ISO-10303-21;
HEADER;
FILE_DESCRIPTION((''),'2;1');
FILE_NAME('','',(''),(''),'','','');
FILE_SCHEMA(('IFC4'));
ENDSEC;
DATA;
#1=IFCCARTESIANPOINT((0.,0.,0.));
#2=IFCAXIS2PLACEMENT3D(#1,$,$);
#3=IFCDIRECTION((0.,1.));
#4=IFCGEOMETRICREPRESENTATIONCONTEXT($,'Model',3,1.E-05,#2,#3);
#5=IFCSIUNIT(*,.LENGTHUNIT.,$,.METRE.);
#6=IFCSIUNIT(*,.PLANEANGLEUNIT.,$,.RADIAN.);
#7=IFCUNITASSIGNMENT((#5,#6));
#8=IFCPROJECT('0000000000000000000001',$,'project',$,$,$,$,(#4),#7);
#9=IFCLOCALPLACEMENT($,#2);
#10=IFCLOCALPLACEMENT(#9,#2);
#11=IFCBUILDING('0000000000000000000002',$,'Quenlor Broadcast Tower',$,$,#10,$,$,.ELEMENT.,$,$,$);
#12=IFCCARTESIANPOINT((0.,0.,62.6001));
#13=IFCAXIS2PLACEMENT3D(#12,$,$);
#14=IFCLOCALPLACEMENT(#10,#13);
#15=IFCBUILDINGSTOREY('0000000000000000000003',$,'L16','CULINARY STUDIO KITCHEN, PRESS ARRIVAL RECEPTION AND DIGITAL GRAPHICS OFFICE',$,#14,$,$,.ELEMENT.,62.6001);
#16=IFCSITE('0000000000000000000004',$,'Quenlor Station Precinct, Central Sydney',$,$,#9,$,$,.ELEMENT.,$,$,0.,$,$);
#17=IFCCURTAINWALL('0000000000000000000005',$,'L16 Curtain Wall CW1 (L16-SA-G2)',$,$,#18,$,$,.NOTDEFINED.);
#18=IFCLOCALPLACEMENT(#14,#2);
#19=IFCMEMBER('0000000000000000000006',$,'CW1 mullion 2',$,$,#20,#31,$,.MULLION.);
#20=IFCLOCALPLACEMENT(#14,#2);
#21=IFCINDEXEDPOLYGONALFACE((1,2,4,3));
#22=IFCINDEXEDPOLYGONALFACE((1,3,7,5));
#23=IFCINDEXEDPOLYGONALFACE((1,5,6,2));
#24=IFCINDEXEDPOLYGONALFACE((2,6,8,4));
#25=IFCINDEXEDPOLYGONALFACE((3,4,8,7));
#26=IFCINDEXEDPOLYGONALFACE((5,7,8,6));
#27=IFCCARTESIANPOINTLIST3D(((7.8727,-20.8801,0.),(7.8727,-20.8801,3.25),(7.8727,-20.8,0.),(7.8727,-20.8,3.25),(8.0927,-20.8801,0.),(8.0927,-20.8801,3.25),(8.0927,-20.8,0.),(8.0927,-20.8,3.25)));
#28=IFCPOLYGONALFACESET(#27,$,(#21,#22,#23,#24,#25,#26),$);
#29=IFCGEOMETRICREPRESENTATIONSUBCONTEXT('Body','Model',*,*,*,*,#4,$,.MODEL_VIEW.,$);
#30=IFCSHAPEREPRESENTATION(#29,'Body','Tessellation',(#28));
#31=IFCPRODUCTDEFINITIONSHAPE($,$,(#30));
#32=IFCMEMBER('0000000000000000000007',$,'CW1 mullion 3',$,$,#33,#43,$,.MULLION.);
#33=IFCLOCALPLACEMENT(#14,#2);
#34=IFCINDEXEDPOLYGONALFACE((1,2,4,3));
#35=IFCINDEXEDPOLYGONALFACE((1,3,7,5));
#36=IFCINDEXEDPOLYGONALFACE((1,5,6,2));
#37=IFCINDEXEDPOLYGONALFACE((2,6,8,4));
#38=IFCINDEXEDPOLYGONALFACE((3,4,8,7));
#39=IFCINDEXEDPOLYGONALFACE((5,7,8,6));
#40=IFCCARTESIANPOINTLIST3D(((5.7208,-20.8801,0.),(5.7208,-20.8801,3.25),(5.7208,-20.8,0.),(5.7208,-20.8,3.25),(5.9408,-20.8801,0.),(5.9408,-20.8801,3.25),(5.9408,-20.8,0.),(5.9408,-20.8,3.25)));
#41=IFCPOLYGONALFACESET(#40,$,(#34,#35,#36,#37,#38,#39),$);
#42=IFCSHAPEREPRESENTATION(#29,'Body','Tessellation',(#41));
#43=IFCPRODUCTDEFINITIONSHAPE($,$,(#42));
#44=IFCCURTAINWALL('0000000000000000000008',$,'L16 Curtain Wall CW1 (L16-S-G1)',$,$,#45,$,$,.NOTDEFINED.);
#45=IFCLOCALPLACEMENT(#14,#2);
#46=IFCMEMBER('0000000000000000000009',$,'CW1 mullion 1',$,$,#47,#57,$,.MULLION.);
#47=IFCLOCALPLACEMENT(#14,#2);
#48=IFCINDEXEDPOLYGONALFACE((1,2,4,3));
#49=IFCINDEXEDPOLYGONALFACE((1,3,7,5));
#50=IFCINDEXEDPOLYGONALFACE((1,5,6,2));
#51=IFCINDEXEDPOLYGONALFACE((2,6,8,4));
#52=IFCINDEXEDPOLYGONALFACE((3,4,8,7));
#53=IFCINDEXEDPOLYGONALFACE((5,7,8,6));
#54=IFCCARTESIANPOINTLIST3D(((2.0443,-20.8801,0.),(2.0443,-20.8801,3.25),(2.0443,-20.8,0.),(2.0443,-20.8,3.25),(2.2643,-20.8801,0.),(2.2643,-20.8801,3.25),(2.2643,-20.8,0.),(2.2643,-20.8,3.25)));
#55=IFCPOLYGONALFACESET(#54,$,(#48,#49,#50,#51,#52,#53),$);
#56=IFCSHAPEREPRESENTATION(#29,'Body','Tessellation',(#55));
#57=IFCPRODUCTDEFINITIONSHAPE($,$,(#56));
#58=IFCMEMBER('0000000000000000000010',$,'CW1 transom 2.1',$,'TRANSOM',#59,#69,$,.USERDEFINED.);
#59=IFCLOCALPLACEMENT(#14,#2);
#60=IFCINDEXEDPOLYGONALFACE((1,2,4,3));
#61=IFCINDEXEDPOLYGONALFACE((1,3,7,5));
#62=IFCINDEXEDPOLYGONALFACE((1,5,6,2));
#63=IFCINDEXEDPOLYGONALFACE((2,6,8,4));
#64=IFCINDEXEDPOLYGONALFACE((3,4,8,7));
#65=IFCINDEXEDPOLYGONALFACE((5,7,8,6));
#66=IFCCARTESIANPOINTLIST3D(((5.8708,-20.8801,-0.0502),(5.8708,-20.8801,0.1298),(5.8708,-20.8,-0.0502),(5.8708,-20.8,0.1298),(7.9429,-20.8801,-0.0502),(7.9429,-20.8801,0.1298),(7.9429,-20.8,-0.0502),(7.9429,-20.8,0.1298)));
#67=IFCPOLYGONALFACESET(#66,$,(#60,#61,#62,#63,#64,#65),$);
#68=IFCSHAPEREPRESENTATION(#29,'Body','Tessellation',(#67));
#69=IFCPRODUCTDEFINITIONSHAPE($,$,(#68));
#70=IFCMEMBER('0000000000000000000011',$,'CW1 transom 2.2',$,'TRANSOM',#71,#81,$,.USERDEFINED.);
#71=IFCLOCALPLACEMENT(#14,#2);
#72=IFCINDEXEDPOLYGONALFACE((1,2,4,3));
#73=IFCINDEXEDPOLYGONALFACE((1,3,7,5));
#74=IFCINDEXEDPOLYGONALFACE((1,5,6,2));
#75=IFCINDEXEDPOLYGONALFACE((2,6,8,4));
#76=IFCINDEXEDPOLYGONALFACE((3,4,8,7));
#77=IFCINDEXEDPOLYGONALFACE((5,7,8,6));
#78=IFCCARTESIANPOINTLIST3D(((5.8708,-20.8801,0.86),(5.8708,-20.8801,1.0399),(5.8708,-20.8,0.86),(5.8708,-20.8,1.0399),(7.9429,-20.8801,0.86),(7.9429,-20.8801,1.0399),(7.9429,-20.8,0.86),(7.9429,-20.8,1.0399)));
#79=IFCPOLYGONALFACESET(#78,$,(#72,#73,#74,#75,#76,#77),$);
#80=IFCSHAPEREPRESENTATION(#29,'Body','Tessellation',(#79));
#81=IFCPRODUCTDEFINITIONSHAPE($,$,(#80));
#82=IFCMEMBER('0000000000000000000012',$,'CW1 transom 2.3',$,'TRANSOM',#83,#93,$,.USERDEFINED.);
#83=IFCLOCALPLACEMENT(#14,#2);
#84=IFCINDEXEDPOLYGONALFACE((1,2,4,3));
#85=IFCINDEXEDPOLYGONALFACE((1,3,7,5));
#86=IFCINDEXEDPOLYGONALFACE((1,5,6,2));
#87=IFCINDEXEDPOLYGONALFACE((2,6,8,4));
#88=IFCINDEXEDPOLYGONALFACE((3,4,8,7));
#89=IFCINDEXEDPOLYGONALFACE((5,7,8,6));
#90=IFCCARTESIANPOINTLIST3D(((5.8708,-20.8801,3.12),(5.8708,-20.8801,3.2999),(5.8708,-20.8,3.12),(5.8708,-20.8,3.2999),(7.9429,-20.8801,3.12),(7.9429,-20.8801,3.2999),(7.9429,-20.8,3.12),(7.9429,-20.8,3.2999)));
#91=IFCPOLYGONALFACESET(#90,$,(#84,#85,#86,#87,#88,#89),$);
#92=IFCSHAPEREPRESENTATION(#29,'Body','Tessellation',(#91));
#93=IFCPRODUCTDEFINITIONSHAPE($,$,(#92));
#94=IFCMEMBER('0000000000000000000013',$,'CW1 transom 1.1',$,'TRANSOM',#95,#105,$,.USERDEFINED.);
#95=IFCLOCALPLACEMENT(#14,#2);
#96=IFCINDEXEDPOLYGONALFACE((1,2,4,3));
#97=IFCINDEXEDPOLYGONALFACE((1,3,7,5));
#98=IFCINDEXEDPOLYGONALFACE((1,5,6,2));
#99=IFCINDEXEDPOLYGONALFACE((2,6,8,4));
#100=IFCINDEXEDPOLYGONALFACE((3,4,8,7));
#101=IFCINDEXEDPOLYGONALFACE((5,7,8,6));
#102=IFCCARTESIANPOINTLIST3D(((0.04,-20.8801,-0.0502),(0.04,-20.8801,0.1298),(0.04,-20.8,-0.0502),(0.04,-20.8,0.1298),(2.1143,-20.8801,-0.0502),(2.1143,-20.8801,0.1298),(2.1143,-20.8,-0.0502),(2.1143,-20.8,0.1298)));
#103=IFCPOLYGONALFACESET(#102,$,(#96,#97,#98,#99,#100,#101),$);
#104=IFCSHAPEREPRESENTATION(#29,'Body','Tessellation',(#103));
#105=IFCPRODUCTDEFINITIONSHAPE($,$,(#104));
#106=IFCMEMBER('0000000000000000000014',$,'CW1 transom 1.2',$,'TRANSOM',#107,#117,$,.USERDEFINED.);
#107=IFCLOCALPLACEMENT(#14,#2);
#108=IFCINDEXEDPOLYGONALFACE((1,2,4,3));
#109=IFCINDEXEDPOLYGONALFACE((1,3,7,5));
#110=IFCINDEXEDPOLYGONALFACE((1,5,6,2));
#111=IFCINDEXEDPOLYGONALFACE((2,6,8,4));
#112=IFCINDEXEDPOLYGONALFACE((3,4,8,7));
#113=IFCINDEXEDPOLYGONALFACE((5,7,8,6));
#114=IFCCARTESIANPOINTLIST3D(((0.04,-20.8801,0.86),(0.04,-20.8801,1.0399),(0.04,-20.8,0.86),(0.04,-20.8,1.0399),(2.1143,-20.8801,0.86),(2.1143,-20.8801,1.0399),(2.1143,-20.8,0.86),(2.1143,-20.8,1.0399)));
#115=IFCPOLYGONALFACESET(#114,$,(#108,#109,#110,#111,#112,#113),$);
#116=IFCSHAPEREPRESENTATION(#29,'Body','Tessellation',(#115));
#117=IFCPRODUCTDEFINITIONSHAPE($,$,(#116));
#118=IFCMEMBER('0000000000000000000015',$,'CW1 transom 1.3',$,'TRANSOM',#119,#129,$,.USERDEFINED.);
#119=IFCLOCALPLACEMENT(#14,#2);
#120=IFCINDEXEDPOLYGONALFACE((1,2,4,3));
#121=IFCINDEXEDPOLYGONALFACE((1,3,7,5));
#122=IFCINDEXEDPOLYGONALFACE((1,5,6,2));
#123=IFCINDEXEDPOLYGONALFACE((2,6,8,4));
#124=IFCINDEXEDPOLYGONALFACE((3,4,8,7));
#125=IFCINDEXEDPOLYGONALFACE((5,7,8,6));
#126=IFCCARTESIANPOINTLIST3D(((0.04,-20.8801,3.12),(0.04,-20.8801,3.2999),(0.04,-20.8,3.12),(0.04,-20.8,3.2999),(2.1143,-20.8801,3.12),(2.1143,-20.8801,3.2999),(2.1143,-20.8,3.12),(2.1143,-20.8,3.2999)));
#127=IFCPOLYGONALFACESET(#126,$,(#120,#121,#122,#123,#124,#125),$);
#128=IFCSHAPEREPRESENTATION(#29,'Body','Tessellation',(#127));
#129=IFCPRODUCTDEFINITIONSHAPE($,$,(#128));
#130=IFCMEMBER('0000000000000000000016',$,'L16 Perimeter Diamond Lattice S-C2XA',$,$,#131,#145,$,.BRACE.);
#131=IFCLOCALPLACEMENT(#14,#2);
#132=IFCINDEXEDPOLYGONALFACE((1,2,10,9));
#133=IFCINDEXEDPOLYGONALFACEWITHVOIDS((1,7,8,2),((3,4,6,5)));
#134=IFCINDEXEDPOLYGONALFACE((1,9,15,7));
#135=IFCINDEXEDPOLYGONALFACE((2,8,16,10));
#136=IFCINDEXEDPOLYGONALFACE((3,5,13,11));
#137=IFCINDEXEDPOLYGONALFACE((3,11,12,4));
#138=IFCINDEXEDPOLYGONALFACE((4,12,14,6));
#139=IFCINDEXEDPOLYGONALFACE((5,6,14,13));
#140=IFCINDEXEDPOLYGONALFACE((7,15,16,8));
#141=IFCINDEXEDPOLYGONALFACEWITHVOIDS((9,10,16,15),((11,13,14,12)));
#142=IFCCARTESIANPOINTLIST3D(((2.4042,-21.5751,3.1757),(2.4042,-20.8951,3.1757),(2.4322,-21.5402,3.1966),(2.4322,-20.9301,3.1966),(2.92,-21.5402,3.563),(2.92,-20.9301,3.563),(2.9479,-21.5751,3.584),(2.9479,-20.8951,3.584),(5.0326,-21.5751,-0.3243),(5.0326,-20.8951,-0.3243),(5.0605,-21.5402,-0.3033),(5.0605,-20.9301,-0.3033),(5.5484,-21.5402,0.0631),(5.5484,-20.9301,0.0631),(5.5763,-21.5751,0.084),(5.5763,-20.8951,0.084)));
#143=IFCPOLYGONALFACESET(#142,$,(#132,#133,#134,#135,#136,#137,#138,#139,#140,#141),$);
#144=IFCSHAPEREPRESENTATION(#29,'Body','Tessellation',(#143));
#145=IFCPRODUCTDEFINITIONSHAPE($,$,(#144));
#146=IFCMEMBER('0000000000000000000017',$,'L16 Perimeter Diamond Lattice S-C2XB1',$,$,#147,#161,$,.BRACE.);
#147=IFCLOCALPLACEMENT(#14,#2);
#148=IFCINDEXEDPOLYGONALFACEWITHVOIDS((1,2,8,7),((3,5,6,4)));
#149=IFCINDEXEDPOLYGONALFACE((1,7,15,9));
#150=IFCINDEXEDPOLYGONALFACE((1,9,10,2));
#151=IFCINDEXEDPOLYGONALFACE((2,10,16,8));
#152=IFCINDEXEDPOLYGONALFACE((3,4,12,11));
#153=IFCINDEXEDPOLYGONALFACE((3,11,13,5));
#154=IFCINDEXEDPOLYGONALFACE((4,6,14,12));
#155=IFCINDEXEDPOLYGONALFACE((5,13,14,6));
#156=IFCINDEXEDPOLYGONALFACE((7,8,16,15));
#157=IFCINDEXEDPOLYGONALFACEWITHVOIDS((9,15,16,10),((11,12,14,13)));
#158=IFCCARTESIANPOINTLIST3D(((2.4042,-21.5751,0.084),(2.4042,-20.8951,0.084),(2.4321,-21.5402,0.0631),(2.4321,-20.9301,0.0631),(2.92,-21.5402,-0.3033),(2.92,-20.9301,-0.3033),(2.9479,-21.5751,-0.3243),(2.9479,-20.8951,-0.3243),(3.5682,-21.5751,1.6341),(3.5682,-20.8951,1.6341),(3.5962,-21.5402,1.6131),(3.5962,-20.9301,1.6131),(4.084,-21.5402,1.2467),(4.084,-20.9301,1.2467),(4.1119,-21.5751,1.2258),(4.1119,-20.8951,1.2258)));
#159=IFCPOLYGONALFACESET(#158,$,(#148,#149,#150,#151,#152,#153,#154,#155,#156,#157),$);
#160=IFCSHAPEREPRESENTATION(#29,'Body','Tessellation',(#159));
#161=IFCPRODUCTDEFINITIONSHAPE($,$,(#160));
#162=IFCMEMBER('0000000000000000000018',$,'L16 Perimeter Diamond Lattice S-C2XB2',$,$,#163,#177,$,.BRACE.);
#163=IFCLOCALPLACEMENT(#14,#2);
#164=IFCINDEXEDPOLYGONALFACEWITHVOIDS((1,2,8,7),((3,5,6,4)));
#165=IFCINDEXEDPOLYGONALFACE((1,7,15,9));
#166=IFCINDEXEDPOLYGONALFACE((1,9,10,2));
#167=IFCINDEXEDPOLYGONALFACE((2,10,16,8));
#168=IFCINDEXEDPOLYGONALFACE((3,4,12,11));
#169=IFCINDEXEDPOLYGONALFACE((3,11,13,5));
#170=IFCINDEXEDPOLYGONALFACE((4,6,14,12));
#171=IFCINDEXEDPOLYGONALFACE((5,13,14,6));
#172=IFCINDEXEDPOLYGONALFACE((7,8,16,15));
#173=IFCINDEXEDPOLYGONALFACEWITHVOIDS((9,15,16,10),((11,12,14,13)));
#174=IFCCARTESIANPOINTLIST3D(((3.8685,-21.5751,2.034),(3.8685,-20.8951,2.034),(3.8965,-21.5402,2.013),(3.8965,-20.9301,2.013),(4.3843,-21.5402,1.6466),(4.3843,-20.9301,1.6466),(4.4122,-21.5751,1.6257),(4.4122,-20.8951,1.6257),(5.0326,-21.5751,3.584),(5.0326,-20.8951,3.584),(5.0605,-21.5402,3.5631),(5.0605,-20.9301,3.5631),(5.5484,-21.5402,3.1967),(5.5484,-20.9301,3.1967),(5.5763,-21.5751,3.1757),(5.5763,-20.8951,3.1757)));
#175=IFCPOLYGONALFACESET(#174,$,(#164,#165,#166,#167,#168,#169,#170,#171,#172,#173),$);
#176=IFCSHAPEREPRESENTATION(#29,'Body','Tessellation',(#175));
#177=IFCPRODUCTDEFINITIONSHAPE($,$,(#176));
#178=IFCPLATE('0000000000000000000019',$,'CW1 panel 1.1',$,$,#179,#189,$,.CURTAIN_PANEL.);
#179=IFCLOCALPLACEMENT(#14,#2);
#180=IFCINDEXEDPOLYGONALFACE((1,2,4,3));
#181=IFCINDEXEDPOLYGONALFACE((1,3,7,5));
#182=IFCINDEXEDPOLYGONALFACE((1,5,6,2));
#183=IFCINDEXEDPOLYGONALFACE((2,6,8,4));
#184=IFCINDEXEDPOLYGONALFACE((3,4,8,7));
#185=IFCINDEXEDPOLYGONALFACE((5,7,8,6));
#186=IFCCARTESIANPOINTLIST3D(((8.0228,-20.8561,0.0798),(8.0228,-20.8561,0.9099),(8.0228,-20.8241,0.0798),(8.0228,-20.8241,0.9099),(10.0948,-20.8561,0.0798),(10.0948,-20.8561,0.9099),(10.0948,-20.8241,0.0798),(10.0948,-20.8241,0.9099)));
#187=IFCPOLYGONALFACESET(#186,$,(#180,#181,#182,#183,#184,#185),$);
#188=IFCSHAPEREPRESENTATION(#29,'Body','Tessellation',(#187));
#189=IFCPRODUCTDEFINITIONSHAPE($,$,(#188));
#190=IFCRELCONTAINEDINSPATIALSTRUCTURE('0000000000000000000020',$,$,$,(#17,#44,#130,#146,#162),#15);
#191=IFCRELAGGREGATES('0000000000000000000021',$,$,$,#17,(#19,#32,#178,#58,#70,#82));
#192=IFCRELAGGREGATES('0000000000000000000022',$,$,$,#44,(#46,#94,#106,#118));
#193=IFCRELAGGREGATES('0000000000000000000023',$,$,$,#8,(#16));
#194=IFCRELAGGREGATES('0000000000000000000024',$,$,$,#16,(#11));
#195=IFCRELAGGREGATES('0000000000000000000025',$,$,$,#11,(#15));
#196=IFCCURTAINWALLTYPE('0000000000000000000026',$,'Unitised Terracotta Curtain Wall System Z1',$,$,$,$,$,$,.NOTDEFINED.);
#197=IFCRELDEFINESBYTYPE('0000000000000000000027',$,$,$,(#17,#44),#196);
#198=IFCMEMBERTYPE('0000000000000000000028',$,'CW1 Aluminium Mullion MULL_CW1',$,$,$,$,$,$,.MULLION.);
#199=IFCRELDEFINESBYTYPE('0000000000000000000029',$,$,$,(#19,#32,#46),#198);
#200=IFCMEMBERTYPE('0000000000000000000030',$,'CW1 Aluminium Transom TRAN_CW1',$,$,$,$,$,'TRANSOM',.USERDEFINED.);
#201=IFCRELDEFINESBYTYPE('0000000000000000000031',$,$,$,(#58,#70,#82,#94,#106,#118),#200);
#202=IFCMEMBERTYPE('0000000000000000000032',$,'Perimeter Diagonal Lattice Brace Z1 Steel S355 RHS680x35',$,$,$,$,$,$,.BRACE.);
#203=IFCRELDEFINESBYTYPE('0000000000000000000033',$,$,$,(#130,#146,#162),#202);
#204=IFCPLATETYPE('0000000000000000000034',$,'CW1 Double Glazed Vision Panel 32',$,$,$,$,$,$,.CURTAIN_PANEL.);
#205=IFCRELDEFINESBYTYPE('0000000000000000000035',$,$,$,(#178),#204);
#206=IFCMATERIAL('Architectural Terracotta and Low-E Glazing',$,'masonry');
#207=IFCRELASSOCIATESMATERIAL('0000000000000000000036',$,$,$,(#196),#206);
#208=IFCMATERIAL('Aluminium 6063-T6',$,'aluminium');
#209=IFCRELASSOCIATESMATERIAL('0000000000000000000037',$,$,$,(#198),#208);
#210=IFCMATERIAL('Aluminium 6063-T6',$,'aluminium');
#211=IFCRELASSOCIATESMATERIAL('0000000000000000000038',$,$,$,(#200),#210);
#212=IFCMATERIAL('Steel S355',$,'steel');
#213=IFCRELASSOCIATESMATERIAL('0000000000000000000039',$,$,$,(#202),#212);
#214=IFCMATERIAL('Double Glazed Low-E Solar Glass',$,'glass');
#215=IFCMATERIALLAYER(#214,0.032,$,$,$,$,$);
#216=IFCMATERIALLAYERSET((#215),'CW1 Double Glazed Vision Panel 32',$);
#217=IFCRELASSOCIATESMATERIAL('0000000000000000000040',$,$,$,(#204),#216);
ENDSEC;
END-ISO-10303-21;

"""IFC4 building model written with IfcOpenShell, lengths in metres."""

from ifc_helpers import new_model, si_unit, direction, frame, origin, origin_2d, place, context, subcontext, project, spatial, rectangle, hollow_rectangle, extrude, material, layer, layer_set, material_profile, profile_set, type_object, element, aggregate, save


model = new_model("IFC4")

# Units and contexts
model_context = context("Model", 3, precision=1e-05, world=origin(), true_north=direction((0.0, 1.0)))
body_context = subcontext(model_context, "Body", "Model", "MODEL_VIEW")
ifc_project = project(units=[si_unit("LENGTHUNIT", "METRE"), si_unit("PLANEANGLEUNIT", "RADIAN")], contexts=[model_context])

# Site, building, storey
site_placement = place(None, origin())
site = spatial("IfcSite", under=ifc_project, at=site_placement, Name="Quenlor Station Precinct, Central Sydney", CompositionType="ELEMENT", RefElevation=0.0)
building_placement = place(site_placement, origin())
building = spatial("IfcBuilding", under=site, at=building_placement, Name="Quenlor Broadcast Tower", CompositionType="ELEMENT")
storey_placement = place(building_placement, frame((0.0, 0.0, 62.6001)))
storey = spatial("IfcBuildingStorey", under=building, at=storey_placement, Name="L16", Description="CULINARY STUDIO KITCHEN, PRESS ARRIVAL RECEPTION AND DIGITAL GRAPHICS OFFICE", CompositionType="ELEMENT", Elevation=62.6001)

# Curtain wall, members
ifc_material_1 = material(Name="Architectural Terracotta and Low-E Glazing", Category="masonry")
curtain_wall_type = type_object("IfcCurtainWallType", Name="Unitised Terracotta Curtain Wall System Z1", PredefinedType="NOTDEFINED", material=ifc_material_1)
curtain_wall_1_placement = place(storey_placement, origin())
curtain_wall_1 = element("IfcCurtainWall", 1, at=curtain_wall_1_placement, inside=storey, type_object=curtain_wall_type, Name="L16 Curtain Wall CW1 (L16-SA-G2)", PredefinedType="NOTDEFINED")
ifc_material_2 = material(Name="Aluminium 6063-T6", Category="aluminium")
ifc_material_profile_1 = material_profile(ifc_material_2, rectangle(XDim=0.0801, YDim=0.22, at=origin_2d()))
ifc_profile_set_1 = profile_set([ifc_material_profile_1], Name="Aluminium 6063-T6 MULL80x220")
member_type_1 = type_object("IfcMemberType", Name="CW1 Aluminium Mullion MULL_CW1", PredefinedType="MULLION", material=ifc_profile_set_1)
member_1_placement = place(storey_placement, frame((7.9827, -20.8401, 0.0), z_axis=(0.0, 0.0, 1.0), x_axis=(0.0, -1.0, 0.0)))
member_1 = element("IfcMember", 2, at=member_1_placement, type_object=member_type_1, Name="CW1 mullion 2", PredefinedType="MULLION", context=body_context, shape_type="SweptSolid", body=[
    extrude(rectangle(XDim=0.0801, YDim=0.22, at=origin_2d()), origin(), (0.0, 0.0, 1.0), 3.25),
])
member_2_placement = place(storey_placement, frame((5.8308, -20.8401, 0.0), z_axis=(0.0, 0.0, 1.0), x_axis=(0.0, -1.0, 0.0)))
member_2 = element("IfcMember", 3, at=member_2_placement, type_object=member_type_1, Name="CW1 mullion 3", PredefinedType="MULLION", context=body_context, shape_type="SweptSolid", body=[
    extrude(rectangle(XDim=0.0801, YDim=0.22, at=origin_2d()), origin(), (0.0, 0.0, 1.0), 3.25),
])

# Curtain wall, member
curtain_wall_2_placement = place(storey_placement, origin())
curtain_wall_2 = element("IfcCurtainWall", 4, at=curtain_wall_2_placement, inside=storey, type_object=curtain_wall_type, Name="L16 Curtain Wall CW1 (L16-S-G1)", PredefinedType="NOTDEFINED")
member_3_placement = place(storey_placement, frame((2.1543, -20.8401, 0.0), z_axis=(0.0, 0.0, 1.0), x_axis=(0.0, -1.0, 0.0)))
member_3 = element("IfcMember", 5, at=member_3_placement, type_object=member_type_1, Name="CW1 mullion 1", PredefinedType="MULLION", context=body_context, shape_type="SweptSolid", body=[
    extrude(rectangle(XDim=0.0801, YDim=0.22, at=origin_2d()), origin(), (0.0, 0.0, 1.0), 3.25),
])

# Members
ifc_material_3 = material(Name="Aluminium 6063-T6", Category="aluminium")
ifc_material_profile_2 = material_profile(ifc_material_3, rectangle(XDim=0.0801, YDim=0.1799, at=origin_2d()))
ifc_profile_set_2 = profile_set([ifc_material_profile_2], Name="Aluminium 6063-T6 TRAN80x180")
member_type_2 = type_object("IfcMemberType", Name="CW1 Aluminium Transom TRAN_CW1", ElementType="TRANSOM", PredefinedType="USERDEFINED", material=ifc_profile_set_2)
member_4_placement = place(storey_placement, frame((7.9429, -20.8401, 0.0398), z_axis=(-1.0, 0.0, 0.0), x_axis=(0.0, -1.0, 0.0)))
member_4 = element("IfcMember", 6, at=member_4_placement, type_object=member_type_2, Name="CW1 transom 2.1", ObjectType="TRANSOM", PredefinedType="USERDEFINED", context=body_context, shape_type="SweptSolid", body=[
    extrude(rectangle(XDim=0.0801, YDim=0.1799, at=origin_2d()), origin(), (0.0, 0.0, 1.0), 2.072),
])
member_5_placement = place(storey_placement, frame((7.9429, -20.8401, 0.95), z_axis=(-1.0, 0.0, 0.0), x_axis=(0.0, -1.0, 0.0)))
member_5 = element("IfcMember", 7, at=member_5_placement, type_object=member_type_2, Name="CW1 transom 2.2", ObjectType="TRANSOM", PredefinedType="USERDEFINED", context=body_context, shape_type="SweptSolid", body=[
    extrude(rectangle(XDim=0.0801, YDim=0.1799, at=origin_2d()), origin(), (0.0, 0.0, 1.0), 2.072),
])
member_6_placement = place(storey_placement, frame((7.9429, -20.8401, 3.21), z_axis=(-1.0, 0.0, 0.0), x_axis=(0.0, -1.0, 0.0)))
member_6 = element("IfcMember", 8, at=member_6_placement, type_object=member_type_2, Name="CW1 transom 2.3", ObjectType="TRANSOM", PredefinedType="USERDEFINED", context=body_context, shape_type="SweptSolid", body=[
    extrude(rectangle(XDim=0.0801, YDim=0.1799, at=origin_2d()), origin(), (0.0, 0.0, 1.0), 2.072),
])
member_7_placement = place(storey_placement, frame((2.1143, -20.8401, 0.0398), z_axis=(-1.0, 0.0, 0.0), x_axis=(0.0, -1.0, 0.0)))
member_7 = element("IfcMember", 9, at=member_7_placement, type_object=member_type_2, Name="CW1 transom 1.1", ObjectType="TRANSOM", PredefinedType="USERDEFINED", context=body_context, shape_type="SweptSolid", body=[
    extrude(rectangle(XDim=0.0801, YDim=0.1799, at=origin_2d()), origin(), (0.0, 0.0, 1.0), 2.0742),
])
member_8_placement = place(storey_placement, frame((2.1143, -20.8401, 0.95), z_axis=(-1.0, 0.0, 0.0), x_axis=(0.0, -1.0, 0.0)))
member_8 = element("IfcMember", 10, at=member_8_placement, type_object=member_type_2, Name="CW1 transom 1.2", ObjectType="TRANSOM", PredefinedType="USERDEFINED", context=body_context, shape_type="SweptSolid", body=[
    extrude(rectangle(XDim=0.0801, YDim=0.1799, at=origin_2d()), origin(), (0.0, 0.0, 1.0), 2.0742),
])
member_9_placement = place(storey_placement, frame((2.1143, -20.8401, 3.21), z_axis=(-1.0, 0.0, 0.0), x_axis=(0.0, -1.0, 0.0)))
member_9 = element("IfcMember", 11, at=member_9_placement, type_object=member_type_2, Name="CW1 transom 1.3", ObjectType="TRANSOM", PredefinedType="USERDEFINED", context=body_context, shape_type="SweptSolid", body=[
    extrude(rectangle(XDim=0.0801, YDim=0.1799, at=origin_2d()), origin(), (0.0, 0.0, 1.0), 2.0742),
])

# Members
ifc_material_4 = material(Name="Steel S355", Category="steel")
ifc_material_profile_3 = material_profile(ifc_material_4, hollow_rectangle(XDim=0.6799, YDim=0.6799, WallThickness=0.0349, at=origin_2d()))
ifc_profile_set_3 = profile_set([ifc_material_profile_3], Name="Steel S355 RHS680x680x35")
member_type_3 = type_object("IfcMemberType", Name="Perimeter Diagonal Lattice Brace Z1 Steel S355 RHS680x35", PredefinedType="BRACE", material=ifc_profile_set_3)
member_10_placement = place(storey_placement, frame((5.3044, -21.2351, -0.1201), z_axis=(-0.6005, 0.0, 0.799625), x_axis=(0.0, -1.0, 0.0)))
element("IfcMember", 12, at=member_10_placement, inside=storey, type_object=member_type_3, Name="L16 Perimeter Diamond Lattice S-C2XA", PredefinedType="BRACE", context=body_context, shape_type="SweptSolid", body=[
    extrude(hollow_rectangle(XDim=0.6799, YDim=0.6799, WallThickness=0.0349, at=origin_2d()), origin(), (0.0, 0.0, 1.0), 4.377),
])
for number, where, z_axis, x_axis, name in (
    (13, (2.676, -21.2351, -0.1201), (0.600504, 0.0, 0.799622), (0.0, 1.0, 0.0), "L16 Perimeter Diamond Lattice S-C2XB1"),
    (14, (4.1404, -21.2351, 1.8298), (0.600504, 0.0, 0.799622), (0.0, 1.0, 0.0), "L16 Perimeter Diamond Lattice S-C2XB2"),
):
    element("IfcMember", number, at=place(storey_placement, frame(where, z_axis=z_axis, x_axis=x_axis)), inside=storey, type_object=member_type_3, Name=name, PredefinedType="BRACE", context=body_context, shape_type="SweptSolid", body=[
        extrude(hollow_rectangle(XDim=0.6799, YDim=0.6799, WallThickness=0.0349, at=origin_2d()), origin(), (0.0, 0.0, 1.0), 1.9385),
    ])

# Plate
ifc_material_5 = material(Name="Double Glazed Low-E Solar Glass", Category="glass")
ifc_layer_1 = layer(ifc_material_5, 0.032)
ifc_layer_set_1 = layer_set([ifc_layer_1], Name="CW1 Double Glazed Vision Panel 32")
plate_type_1 = type_object("IfcPlateType", Name="CW1 Double Glazed Vision Panel 32", PredefinedType="CURTAIN_PANEL", material=ifc_layer_set_1)
plate_1_placement = place(storey_placement, frame((9.0588, -20.8401, 0.0798), z_axis=(0.0, 0.0, 1.0), x_axis=(-1.0, 0.0, 0.0)))
plate_1 = element("IfcPlate", 15, at=plate_1_placement, type_object=plate_type_1, Name="CW1 panel 1.1", PredefinedType="CURTAIN_PANEL", context=body_context, shape_type="SweptSolid", body=[
    extrude(rectangle(XDim=2.072, YDim=0.032, at=origin_2d()), origin(), (0.0, 0.0, 1.0), 0.8301),
])
aggregate(curtain_wall_1, [member_1, member_2, plate_1, member_4, member_5, member_6])
aggregate(curtain_wall_2, [member_3, member_7, member_8, member_9])

save(model, "model.ifc")
